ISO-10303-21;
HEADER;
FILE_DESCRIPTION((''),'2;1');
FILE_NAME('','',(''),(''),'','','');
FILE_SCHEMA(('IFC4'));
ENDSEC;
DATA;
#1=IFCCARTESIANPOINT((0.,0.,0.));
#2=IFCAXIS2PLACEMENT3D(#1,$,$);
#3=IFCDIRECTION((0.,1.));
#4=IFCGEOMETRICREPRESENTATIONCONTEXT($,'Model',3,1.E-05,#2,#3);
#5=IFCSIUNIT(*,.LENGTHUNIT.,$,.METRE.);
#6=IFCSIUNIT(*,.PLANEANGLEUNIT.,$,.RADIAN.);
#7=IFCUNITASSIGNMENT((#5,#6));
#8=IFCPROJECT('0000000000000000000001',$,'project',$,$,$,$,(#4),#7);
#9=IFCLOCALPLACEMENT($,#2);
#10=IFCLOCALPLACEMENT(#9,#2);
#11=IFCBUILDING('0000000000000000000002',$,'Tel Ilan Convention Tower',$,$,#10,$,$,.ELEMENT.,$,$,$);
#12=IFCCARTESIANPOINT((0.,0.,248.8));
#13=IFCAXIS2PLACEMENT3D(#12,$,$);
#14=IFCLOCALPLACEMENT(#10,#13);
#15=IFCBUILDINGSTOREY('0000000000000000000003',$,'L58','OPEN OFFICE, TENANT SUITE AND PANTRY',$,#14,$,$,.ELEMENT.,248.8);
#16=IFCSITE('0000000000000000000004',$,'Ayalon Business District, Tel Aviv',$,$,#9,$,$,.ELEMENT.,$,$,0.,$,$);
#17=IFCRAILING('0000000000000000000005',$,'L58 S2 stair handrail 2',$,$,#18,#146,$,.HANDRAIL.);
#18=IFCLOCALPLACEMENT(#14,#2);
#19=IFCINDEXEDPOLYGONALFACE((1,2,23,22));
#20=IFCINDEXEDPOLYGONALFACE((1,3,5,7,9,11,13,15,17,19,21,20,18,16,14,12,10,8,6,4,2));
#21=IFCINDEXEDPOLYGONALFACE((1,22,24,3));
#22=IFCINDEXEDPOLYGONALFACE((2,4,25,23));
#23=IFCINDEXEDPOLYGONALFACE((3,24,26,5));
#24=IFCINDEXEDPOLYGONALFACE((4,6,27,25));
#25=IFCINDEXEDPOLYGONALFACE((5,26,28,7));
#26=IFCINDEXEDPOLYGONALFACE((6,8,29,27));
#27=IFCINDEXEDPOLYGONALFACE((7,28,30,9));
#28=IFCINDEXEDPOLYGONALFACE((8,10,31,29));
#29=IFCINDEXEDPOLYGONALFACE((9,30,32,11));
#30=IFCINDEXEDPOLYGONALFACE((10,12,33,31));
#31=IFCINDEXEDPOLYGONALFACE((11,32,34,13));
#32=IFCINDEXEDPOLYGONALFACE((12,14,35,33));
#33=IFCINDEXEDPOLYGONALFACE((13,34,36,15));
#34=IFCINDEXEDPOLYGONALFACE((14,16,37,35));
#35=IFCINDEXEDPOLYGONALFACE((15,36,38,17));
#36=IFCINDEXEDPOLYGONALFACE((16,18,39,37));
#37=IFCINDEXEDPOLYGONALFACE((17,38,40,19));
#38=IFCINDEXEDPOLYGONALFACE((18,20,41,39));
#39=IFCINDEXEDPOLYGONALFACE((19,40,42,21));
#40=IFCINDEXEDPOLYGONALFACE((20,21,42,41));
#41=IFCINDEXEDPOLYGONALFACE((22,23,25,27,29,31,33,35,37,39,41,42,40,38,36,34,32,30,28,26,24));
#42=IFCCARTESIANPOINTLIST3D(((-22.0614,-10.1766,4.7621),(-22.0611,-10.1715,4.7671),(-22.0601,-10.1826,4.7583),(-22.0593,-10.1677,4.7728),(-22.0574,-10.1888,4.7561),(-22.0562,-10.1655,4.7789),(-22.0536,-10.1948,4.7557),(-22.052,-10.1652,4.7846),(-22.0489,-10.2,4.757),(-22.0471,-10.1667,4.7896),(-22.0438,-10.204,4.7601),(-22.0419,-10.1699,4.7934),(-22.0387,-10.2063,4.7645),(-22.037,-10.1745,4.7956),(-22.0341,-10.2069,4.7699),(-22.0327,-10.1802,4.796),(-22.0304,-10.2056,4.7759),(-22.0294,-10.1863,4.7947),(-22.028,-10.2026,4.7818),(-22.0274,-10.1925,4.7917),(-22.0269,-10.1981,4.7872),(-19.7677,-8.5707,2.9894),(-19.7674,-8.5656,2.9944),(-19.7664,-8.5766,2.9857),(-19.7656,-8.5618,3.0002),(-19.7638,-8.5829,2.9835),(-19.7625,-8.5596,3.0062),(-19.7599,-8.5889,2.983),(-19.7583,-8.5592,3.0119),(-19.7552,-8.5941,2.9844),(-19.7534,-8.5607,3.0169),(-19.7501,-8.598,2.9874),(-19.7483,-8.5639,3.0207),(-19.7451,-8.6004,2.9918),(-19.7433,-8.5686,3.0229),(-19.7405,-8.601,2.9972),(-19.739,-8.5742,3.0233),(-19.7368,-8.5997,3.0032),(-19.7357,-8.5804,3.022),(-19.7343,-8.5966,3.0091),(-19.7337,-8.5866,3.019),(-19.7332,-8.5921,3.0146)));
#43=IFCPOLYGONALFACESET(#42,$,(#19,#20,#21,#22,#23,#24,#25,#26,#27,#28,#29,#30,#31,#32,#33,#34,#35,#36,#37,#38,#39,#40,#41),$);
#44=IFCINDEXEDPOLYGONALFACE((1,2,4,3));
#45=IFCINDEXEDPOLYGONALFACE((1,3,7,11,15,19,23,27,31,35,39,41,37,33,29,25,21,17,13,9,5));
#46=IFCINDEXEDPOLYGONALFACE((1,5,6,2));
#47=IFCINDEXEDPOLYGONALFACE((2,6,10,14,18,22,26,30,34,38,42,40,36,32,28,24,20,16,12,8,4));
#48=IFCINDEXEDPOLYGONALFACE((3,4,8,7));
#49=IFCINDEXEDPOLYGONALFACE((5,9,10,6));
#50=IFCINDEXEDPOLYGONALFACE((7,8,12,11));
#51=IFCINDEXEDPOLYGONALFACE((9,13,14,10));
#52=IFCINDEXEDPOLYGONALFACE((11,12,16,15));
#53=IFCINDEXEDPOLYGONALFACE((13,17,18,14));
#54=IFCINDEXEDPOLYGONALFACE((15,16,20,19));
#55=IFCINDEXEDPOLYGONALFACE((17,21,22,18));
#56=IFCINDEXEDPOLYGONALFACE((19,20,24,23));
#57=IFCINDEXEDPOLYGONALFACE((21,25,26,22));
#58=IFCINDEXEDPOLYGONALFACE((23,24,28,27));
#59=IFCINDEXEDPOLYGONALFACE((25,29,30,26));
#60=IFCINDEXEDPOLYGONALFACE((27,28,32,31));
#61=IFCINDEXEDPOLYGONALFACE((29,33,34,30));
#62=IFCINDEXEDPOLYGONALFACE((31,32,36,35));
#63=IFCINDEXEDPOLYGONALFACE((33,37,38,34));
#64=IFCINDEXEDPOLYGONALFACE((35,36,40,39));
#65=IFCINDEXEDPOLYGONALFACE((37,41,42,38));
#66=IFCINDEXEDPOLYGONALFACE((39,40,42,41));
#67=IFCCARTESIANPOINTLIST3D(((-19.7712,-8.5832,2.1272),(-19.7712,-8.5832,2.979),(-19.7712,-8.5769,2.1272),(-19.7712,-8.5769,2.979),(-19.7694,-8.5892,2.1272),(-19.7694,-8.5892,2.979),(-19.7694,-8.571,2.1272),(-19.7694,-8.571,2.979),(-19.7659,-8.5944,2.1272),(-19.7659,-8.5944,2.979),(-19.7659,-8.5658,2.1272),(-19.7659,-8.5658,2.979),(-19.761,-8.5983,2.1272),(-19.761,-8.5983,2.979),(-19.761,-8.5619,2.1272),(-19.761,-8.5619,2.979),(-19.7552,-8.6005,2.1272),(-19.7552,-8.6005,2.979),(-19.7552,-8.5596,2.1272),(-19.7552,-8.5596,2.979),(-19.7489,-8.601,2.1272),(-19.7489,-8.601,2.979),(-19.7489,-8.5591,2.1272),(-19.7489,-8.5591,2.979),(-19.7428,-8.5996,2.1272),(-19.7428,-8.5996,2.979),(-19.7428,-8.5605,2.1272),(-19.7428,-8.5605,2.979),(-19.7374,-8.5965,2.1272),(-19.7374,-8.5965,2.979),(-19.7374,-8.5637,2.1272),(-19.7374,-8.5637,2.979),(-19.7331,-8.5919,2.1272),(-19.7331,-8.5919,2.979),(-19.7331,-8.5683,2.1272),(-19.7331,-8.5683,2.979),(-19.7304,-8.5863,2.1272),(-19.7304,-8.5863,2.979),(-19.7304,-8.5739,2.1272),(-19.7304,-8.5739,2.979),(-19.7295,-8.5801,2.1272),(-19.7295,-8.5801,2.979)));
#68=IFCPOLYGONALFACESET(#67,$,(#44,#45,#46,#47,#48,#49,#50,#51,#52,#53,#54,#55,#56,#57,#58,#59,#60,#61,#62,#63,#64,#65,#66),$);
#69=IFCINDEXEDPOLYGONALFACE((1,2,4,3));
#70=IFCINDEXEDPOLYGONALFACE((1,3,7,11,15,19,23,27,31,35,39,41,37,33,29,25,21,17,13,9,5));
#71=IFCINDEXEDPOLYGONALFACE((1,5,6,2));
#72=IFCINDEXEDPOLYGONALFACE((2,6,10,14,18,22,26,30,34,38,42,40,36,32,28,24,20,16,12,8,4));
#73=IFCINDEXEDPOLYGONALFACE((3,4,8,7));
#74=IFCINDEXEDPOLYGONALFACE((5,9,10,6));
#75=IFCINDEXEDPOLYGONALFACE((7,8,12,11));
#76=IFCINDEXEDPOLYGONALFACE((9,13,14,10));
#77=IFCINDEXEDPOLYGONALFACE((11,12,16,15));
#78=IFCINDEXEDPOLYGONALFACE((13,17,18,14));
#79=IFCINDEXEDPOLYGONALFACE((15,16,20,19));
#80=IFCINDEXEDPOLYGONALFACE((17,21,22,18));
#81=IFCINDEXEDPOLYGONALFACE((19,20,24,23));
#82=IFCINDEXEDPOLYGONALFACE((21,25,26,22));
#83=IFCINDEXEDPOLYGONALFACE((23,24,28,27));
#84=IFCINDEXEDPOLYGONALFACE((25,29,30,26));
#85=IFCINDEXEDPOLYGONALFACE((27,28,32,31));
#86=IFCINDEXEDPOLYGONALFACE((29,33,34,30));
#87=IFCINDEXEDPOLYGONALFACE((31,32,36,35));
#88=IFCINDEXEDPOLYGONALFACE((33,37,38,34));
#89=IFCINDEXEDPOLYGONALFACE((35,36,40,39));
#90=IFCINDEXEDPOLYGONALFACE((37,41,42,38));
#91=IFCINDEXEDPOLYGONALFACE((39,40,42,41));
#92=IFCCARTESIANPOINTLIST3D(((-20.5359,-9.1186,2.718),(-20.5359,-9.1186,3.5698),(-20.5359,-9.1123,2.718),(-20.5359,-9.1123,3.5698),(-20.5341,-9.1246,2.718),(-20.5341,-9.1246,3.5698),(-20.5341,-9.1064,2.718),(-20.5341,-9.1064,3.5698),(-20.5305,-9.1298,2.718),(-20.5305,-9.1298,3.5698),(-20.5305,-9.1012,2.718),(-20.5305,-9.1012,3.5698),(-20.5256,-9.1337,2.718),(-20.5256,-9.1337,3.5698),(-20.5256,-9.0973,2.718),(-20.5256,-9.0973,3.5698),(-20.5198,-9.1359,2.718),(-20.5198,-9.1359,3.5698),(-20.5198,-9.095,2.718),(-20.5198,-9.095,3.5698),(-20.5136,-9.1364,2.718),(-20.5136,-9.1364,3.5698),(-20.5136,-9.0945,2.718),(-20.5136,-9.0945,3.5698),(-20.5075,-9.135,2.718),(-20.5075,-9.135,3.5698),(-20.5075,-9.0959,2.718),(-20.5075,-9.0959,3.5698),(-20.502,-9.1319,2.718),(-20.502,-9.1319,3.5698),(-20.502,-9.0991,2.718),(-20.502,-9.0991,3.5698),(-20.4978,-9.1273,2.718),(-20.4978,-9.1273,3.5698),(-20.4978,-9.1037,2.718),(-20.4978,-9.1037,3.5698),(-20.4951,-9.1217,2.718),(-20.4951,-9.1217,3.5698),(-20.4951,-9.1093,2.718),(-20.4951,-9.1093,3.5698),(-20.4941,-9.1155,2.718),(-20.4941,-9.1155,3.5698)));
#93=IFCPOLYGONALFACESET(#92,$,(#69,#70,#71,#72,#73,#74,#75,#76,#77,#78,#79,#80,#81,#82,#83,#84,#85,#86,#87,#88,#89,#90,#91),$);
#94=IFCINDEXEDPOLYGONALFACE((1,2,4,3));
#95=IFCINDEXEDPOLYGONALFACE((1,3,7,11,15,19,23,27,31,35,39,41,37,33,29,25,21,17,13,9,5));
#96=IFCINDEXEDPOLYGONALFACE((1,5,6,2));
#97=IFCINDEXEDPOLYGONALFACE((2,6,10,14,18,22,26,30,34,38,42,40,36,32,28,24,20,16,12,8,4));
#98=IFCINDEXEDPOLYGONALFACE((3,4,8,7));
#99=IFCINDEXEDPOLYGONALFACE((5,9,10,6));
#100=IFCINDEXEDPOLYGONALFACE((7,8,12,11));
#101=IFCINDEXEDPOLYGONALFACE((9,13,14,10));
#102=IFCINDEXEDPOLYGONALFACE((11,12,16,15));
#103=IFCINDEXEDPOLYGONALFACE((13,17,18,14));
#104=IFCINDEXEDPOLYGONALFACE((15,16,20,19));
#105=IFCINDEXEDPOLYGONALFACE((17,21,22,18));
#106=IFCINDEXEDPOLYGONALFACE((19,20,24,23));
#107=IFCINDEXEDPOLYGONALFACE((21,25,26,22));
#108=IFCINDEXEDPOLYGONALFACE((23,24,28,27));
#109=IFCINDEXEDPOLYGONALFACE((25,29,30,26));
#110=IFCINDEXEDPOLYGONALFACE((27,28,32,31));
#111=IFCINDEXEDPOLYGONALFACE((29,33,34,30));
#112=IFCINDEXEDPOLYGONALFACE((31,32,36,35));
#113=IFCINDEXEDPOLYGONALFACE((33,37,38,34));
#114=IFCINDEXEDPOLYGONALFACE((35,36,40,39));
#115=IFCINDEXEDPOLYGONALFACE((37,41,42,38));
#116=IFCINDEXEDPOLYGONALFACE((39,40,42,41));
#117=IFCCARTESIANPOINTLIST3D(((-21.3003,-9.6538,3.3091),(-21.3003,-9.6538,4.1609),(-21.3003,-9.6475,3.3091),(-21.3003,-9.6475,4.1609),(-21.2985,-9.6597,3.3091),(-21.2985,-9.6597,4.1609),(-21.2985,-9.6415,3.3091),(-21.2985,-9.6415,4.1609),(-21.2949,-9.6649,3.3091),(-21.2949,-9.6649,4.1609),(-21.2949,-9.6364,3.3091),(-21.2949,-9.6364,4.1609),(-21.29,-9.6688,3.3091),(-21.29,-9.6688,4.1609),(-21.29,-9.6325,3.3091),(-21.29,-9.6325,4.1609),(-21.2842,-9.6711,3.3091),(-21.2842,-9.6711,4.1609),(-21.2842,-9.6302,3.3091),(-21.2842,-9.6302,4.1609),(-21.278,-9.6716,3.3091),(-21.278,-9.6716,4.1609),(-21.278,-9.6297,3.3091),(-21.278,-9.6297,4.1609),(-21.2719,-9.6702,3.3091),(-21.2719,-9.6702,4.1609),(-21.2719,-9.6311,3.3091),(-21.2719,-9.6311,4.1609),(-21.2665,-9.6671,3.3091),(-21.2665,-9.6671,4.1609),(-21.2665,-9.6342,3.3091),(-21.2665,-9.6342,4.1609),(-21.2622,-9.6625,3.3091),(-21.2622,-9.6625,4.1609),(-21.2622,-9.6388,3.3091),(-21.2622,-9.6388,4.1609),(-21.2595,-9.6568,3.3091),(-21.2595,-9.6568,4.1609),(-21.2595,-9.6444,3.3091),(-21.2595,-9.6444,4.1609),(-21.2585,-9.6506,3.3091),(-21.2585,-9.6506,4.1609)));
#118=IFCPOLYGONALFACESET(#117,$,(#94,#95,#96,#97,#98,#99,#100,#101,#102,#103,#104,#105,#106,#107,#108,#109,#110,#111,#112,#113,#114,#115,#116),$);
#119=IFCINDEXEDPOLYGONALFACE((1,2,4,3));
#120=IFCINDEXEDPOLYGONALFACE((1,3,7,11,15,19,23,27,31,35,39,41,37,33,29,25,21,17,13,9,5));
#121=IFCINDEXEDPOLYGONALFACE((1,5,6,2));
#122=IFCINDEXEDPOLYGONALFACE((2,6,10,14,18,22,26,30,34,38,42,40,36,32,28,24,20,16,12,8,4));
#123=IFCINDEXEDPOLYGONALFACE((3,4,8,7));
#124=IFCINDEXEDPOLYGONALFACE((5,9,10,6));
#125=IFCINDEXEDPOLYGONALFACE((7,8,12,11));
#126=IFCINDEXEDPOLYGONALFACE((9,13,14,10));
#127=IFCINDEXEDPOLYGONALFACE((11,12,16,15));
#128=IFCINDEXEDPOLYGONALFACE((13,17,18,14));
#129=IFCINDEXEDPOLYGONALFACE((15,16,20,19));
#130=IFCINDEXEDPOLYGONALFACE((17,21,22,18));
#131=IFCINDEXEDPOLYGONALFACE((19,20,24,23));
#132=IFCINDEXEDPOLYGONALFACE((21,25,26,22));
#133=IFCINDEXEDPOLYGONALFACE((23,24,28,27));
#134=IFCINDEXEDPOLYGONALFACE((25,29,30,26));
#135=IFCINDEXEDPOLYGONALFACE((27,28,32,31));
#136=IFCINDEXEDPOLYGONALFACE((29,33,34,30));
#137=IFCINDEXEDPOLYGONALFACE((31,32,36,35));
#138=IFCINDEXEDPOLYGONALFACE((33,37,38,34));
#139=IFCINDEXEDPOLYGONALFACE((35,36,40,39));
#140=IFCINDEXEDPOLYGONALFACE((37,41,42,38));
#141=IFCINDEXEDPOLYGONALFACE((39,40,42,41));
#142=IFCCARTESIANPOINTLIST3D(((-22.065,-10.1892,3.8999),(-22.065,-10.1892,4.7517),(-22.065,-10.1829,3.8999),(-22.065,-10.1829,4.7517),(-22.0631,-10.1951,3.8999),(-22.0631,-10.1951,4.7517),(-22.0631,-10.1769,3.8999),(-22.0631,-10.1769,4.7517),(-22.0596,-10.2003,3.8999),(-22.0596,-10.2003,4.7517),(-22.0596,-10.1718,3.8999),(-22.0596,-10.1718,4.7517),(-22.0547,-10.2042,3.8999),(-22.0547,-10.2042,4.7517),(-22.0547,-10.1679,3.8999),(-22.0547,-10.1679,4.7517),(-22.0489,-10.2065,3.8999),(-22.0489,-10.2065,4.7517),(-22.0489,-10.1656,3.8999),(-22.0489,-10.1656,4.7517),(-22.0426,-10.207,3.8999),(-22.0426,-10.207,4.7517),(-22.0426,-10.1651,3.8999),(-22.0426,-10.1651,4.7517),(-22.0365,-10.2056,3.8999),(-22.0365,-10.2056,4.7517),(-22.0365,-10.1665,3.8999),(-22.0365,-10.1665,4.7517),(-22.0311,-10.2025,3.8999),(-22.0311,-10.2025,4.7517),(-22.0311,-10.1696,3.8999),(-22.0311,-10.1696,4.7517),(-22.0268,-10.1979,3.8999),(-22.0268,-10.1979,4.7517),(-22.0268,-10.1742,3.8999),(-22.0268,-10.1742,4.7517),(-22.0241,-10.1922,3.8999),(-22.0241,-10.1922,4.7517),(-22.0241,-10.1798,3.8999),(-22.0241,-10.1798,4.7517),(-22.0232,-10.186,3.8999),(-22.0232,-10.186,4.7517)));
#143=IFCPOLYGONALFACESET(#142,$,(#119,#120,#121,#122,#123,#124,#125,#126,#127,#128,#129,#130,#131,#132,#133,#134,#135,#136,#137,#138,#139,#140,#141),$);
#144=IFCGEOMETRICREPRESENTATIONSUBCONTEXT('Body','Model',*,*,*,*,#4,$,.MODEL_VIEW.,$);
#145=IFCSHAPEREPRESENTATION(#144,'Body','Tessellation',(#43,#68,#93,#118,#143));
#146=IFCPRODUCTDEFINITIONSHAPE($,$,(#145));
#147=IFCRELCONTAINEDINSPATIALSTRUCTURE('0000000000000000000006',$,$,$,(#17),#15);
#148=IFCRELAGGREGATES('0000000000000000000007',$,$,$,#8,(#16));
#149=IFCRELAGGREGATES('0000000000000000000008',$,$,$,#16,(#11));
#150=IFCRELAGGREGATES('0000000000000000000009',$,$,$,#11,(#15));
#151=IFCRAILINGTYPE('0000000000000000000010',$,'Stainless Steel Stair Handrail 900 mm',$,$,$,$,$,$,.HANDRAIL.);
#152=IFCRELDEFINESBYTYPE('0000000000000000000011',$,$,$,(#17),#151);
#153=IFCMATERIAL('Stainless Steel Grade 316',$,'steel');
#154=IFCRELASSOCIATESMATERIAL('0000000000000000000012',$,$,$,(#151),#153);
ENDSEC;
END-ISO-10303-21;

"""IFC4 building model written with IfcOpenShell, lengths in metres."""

from ifc_helpers import new_model, si_unit, direction, frame, origin, origin_2d, place, context, subcontext, project, spatial, circle, extrude, material, type_object, element, save


model = new_model("IFC4")

# Units and contexts
model_context = context("Model", 3, precision=1e-05, world=origin(), true_north=direction((0.0, 1.0)))
body_context = subcontext(model_context, "Body", "Model", "MODEL_VIEW")
ifc_project = project(units=[si_unit("LENGTHUNIT", "METRE"), si_unit("PLANEANGLEUNIT", "RADIAN")], contexts=[model_context])

# Site, building, storey
site_placement = place(None, origin())
site = spatial("IfcSite", under=ifc_project, at=site_placement, Name="Ayalon Business District, Tel Aviv", CompositionType="ELEMENT", RefElevation=0.0)
building_placement = place(site_placement, origin())
building = spatial("IfcBuilding", under=site, at=building_placement, Name="Tel Ilan Convention Tower", CompositionType="ELEMENT")
storey_placement = place(building_placement, frame((0.0, 0.0, 248.8)))
storey = spatial("IfcBuildingStorey", under=building, at=storey_placement, Name="L58", Description="OPEN OFFICE, TENANT SUITE AND PANTRY", CompositionType="ELEMENT", Elevation=248.8)

# Railing
ifc_material_1 = material(Name="Stainless Steel Grade 316", Category="steel")
railing_type_1 = type_object("IfcRailingType", Name="Stainless Steel Stair Handrail 900 mm", PredefinedType="HANDRAIL", material=ifc_material_1)
for number, where, name in (
    (1, (-19.7505, -8.5801, 2.1272), "L58 S2 stair handrail 2"),
):
    element("IfcRailing", number, at=place(storey_placement, frame(where)), inside=storey, type_object=railing_type_1, Name=name, PredefinedType="HANDRAIL", context=body_context, shape_type="SweptSolid", body=[
        extrude(circle(Radius=0.0239, at=origin_2d()), frame((0.0, 0.0, 0.876), z_axis=(-0.692123, -0.484597, 0.534913), x_axis=(0.57355, -0.81917, 0.0)), (0.0, 0.0, 1.0), 3.314),
        extrude(circle(Radius=0.021, at=origin_2d()), origin(), (0.0, 0.0, 1.0), 0.8518),
        extrude(circle(Radius=0.021, at=origin_2d()), frame((-0.7646, -0.5354, 0.5908)), (0.0, 0.0, 1.0), 0.8518),
        extrude(circle(Radius=0.021, at=origin_2d()), frame((-1.5291, -1.0706, 1.1819)), (0.0, 0.0, 1.0), 0.8518),
        extrude(circle(Radius=0.021, at=origin_2d()), frame((-2.2937, -1.606, 1.7727)), (0.0, 0.0, 1.0), 0.8518),
    ])

save(model, "model.ifc")
